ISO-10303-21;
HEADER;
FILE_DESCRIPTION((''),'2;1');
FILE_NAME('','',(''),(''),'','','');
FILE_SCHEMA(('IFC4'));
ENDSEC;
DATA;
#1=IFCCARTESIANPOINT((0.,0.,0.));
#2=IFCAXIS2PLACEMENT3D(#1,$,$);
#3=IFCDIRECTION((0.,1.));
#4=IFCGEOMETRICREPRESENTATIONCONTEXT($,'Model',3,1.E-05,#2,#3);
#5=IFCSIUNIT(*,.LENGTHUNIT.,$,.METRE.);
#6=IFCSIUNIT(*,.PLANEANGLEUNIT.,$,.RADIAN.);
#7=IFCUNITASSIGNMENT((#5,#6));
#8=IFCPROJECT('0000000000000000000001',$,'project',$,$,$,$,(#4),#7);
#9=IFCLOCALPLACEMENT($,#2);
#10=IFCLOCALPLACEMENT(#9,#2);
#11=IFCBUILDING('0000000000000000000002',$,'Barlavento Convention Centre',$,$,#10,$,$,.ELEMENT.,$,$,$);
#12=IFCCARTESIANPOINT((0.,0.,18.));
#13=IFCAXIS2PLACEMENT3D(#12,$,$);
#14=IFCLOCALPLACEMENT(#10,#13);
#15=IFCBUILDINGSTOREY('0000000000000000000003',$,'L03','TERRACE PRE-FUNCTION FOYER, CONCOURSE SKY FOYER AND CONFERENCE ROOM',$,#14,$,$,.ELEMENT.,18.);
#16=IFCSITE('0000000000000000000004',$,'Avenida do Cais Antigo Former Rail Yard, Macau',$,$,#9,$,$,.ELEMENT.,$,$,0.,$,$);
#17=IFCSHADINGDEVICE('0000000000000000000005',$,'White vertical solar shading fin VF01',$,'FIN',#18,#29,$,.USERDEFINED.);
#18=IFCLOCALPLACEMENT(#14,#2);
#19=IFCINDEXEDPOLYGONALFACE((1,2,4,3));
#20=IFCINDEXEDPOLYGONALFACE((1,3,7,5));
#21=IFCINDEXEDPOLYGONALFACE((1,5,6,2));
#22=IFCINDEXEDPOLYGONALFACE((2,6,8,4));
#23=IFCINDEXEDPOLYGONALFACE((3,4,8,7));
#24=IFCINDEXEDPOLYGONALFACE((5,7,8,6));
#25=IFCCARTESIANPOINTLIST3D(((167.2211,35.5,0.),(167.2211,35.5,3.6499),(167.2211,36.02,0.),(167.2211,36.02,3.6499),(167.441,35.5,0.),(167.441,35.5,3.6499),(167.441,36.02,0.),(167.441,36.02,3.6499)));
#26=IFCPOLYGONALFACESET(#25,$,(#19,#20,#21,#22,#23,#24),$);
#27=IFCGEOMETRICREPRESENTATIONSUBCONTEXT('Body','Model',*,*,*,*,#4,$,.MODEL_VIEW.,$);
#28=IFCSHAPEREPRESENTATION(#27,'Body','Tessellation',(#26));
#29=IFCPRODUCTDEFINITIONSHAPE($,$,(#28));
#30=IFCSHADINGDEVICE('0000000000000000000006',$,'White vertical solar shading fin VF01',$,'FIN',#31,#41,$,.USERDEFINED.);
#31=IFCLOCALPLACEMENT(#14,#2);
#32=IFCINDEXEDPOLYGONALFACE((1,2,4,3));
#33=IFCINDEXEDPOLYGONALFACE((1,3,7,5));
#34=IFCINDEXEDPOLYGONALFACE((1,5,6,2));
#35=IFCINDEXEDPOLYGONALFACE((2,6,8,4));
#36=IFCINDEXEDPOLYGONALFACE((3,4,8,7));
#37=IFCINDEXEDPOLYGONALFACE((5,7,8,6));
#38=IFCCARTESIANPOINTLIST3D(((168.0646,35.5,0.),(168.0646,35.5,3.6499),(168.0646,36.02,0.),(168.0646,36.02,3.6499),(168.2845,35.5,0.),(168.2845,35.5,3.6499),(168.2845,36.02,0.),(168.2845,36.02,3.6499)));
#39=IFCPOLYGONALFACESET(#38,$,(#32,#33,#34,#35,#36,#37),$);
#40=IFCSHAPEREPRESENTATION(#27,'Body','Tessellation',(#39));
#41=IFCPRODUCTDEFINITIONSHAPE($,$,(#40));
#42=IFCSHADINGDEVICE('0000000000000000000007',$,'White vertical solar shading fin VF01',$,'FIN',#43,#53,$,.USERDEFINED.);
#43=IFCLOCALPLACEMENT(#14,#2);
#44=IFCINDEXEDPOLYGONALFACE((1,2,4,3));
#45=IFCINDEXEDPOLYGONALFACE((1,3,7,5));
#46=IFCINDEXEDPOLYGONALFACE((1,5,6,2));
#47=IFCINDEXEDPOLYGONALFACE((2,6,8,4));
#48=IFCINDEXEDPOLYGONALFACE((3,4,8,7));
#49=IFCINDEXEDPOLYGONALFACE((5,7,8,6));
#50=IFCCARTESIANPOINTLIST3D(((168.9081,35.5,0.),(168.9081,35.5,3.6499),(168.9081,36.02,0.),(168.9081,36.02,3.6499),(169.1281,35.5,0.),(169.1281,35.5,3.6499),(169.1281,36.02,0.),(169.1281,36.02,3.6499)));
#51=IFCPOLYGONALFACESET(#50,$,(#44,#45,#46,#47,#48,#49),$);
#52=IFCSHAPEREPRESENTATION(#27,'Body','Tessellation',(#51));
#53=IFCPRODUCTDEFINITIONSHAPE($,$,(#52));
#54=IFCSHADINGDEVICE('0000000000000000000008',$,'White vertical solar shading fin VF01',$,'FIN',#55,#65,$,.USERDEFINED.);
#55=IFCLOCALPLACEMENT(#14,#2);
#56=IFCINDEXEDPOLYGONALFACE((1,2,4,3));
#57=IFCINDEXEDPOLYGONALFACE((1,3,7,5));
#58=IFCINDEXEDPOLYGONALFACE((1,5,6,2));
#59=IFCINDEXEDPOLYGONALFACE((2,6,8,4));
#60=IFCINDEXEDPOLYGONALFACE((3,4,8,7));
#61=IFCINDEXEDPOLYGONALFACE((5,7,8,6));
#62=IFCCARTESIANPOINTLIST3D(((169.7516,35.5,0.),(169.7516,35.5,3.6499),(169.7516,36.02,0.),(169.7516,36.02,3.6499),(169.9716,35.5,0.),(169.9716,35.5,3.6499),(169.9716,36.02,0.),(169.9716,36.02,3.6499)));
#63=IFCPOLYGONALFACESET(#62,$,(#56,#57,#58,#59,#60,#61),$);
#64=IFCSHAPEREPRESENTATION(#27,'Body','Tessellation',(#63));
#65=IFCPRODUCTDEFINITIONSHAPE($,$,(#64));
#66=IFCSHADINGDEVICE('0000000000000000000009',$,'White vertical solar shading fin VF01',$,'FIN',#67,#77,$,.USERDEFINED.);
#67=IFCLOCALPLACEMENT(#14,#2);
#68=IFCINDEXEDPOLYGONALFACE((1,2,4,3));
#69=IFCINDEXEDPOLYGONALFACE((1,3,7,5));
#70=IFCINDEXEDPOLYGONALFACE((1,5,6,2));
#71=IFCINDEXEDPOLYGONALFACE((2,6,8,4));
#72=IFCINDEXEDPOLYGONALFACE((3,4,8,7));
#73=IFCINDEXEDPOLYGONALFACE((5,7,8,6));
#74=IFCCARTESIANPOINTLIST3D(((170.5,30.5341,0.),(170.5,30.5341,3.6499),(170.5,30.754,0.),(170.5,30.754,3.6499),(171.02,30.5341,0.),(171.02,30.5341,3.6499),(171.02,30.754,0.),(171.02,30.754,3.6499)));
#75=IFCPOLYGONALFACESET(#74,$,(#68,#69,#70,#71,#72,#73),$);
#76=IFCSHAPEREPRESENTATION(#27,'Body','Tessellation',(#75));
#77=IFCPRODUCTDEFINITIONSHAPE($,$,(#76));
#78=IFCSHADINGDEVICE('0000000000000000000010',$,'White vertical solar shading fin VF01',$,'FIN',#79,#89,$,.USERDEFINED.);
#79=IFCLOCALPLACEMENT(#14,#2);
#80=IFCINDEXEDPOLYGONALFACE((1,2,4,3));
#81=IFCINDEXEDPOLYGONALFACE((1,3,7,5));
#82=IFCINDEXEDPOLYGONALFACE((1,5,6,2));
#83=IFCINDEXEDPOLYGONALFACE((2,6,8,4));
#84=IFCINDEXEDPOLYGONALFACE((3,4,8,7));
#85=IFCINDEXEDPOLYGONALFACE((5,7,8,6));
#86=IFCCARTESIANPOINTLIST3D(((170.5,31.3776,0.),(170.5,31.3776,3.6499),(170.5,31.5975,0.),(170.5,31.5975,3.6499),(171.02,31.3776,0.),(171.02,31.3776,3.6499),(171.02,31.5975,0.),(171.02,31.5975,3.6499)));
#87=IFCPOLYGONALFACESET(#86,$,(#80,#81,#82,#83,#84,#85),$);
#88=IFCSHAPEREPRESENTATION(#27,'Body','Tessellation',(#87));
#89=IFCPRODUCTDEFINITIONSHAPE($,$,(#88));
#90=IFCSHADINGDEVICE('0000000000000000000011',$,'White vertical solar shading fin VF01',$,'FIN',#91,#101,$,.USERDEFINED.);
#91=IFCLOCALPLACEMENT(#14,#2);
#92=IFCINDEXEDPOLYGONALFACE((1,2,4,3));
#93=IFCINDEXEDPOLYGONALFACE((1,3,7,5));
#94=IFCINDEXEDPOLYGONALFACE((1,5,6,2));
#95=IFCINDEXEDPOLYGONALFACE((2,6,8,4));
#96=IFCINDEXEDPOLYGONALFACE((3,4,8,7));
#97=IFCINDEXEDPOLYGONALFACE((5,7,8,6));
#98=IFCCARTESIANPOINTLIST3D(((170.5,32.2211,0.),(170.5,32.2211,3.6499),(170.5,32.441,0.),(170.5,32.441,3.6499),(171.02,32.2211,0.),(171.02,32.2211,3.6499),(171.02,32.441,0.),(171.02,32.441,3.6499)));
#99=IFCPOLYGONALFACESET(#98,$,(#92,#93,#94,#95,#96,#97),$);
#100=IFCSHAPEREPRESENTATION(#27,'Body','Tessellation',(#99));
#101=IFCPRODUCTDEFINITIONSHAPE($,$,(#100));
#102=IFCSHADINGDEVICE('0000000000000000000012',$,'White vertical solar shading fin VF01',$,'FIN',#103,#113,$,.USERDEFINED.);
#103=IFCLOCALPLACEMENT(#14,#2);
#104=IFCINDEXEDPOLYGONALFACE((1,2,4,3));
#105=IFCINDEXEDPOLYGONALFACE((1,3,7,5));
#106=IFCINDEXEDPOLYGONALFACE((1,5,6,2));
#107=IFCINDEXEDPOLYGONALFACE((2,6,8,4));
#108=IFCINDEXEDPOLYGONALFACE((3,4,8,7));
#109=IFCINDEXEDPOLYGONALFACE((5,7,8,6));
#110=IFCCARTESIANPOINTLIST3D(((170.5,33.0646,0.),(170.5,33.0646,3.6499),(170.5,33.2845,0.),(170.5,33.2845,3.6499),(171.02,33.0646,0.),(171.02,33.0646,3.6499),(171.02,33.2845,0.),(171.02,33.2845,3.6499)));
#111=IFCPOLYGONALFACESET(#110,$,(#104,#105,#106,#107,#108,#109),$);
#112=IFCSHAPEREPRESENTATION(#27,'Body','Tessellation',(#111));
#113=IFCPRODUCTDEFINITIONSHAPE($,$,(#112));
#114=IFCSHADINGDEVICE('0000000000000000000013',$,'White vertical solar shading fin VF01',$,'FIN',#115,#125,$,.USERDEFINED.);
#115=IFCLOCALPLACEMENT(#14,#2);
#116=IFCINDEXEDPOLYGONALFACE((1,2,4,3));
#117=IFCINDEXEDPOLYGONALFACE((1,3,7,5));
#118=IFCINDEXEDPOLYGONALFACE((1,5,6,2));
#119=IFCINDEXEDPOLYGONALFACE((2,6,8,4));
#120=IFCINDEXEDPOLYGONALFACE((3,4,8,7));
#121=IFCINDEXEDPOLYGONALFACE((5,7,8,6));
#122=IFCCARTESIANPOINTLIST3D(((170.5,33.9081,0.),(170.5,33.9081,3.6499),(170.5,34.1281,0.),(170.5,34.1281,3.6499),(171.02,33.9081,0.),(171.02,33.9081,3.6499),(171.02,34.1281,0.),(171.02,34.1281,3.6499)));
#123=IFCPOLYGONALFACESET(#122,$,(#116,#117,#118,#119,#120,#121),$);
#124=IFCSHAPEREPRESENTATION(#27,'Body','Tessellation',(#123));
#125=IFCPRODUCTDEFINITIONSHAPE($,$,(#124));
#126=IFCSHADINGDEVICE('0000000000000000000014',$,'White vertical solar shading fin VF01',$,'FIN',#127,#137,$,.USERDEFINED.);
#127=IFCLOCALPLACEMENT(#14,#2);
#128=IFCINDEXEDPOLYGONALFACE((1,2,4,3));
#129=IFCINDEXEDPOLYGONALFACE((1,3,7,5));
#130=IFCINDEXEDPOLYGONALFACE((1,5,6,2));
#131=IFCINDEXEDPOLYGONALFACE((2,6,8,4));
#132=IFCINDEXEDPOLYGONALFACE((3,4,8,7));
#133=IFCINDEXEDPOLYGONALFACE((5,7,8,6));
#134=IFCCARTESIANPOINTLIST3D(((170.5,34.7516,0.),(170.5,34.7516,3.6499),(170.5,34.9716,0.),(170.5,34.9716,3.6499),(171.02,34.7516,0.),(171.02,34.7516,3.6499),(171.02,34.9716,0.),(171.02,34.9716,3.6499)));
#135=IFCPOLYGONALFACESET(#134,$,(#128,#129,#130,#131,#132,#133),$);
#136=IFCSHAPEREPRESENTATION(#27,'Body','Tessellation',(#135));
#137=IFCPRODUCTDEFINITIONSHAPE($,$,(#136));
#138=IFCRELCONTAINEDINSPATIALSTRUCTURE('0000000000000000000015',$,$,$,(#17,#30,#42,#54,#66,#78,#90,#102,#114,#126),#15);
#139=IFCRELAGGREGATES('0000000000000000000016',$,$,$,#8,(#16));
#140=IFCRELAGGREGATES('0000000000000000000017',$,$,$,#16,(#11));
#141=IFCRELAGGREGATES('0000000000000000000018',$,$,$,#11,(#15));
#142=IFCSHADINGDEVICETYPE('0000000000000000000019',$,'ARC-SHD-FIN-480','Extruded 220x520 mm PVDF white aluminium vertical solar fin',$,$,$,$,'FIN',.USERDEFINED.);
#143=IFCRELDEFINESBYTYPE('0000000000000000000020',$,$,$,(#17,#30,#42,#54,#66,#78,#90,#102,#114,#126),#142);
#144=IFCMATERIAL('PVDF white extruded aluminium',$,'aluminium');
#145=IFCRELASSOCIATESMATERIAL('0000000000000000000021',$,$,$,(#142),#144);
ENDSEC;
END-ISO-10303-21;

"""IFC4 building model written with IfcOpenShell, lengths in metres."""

from ifc_helpers import new_model, si_unit, direction, frame, origin, origin_2d, place, context, subcontext, project, spatial, rectangle, extrude, material, type_object, element, save


model = new_model("IFC4")

# Units and contexts
model_context = context("Model", 3, precision=1e-05, world=origin(), true_north=direction((0.0, 1.0)))
body_context = subcontext(model_context, "Body", "Model", "MODEL_VIEW")
ifc_project = project(units=[si_unit("LENGTHUNIT", "METRE"), si_unit("PLANEANGLEUNIT", "RADIAN")], contexts=[model_context])

# Site, building, storey
site_placement = place(None, origin())
site = spatial("IfcSite", under=ifc_project, at=site_placement, Name="Avenida do Cais Antigo Former Rail Yard, Macau", CompositionType="ELEMENT", RefElevation=0.0)
building_placement = place(site_placement, origin())
building = spatial("IfcBuilding", under=site, at=building_placement, Name="Barlavento Convention Centre", CompositionType="ELEMENT")
storey_placement = place(building_placement, frame((0.0, 0.0, 18.0)))
storey = spatial("IfcBuildingStorey", under=building, at=storey_placement, Name="L03", Description="TERRACE PRE-FUNCTION FOYER, CONCOURSE SKY FOYER AND CONFERENCE ROOM", CompositionType="ELEMENT", Elevation=18.0)

# Shading devices
ifc_material_1 = material(Name="PVDF white extruded aluminium", Category="aluminium")
shading_device_type = type_object("IfcShadingDeviceType", Name="ARC-SHD-FIN-480", Description="Extruded 220x520 mm PVDF white aluminium vertical solar fin", ElementType="FIN", PredefinedType="USERDEFINED", material=ifc_material_1)
for number, where, z_axis, x_axis, name in (
    (1, (167.3311, 35.76, 0.0), (0.0, 0.0, 1.0), (1.0, 0.0, 0.0), "White vertical solar shading fin VF01"),
    (2, (168.1746, 35.76, 0.0), (0.0, 0.0, 1.0), (1.0, 0.0, 0.0), "White vertical solar shading fin VF01"),
    (3, (169.0181, 35.76, 0.0), (0.0, 0.0, 1.0), (1.0, 0.0, 0.0), "White vertical solar shading fin VF01"),
    (4, (169.8616, 35.76, 0.0), (0.0, 0.0, 1.0), (1.0, 0.0, 0.0), "White vertical solar shading fin VF01"),
    (5, (170.76, 30.644, 0.0), (0.0, 0.0, 1.0), (0.0, 1.0, 0.0), "White vertical solar shading fin VF01"),
    (6, (170.76, 31.4875, 0.0), (0.0, 0.0, 1.0), (0.0, 1.0, 0.0), "White vertical solar shading fin VF01"),
    (7, (170.76, 32.3311, 0.0), (0.0, 0.0, 1.0), (0.0, 1.0, 0.0), "White vertical solar shading fin VF01"),
    (8, (170.76, 33.1746, 0.0), (0.0, 0.0, 1.0), (0.0, 1.0, 0.0), "White vertical solar shading fin VF01"),
    (9, (170.76, 34.0181, 0.0), (0.0, 0.0, 1.0), (0.0, 1.0, 0.0), "White vertical solar shading fin VF01"),
    (10, (170.76, 34.8616, 0.0), (0.0, 0.0, 1.0), (0.0, 1.0, 0.0), "White vertical solar shading fin VF01"),
):
    element("IfcShadingDevice", number, at=place(storey_placement, frame(where, z_axis=z_axis, x_axis=x_axis)), inside=storey, type_object=shading_device_type, Name=name, ObjectType="FIN", PredefinedType="USERDEFINED", context=body_context, shape_type="SweptSolid", body=[
        extrude(rectangle(XDim=0.22, YDim=0.52, at=origin_2d()), origin(), (0.0, 0.0, 1.0), 3.6499),
    ])

save(model, "model.ifc")
